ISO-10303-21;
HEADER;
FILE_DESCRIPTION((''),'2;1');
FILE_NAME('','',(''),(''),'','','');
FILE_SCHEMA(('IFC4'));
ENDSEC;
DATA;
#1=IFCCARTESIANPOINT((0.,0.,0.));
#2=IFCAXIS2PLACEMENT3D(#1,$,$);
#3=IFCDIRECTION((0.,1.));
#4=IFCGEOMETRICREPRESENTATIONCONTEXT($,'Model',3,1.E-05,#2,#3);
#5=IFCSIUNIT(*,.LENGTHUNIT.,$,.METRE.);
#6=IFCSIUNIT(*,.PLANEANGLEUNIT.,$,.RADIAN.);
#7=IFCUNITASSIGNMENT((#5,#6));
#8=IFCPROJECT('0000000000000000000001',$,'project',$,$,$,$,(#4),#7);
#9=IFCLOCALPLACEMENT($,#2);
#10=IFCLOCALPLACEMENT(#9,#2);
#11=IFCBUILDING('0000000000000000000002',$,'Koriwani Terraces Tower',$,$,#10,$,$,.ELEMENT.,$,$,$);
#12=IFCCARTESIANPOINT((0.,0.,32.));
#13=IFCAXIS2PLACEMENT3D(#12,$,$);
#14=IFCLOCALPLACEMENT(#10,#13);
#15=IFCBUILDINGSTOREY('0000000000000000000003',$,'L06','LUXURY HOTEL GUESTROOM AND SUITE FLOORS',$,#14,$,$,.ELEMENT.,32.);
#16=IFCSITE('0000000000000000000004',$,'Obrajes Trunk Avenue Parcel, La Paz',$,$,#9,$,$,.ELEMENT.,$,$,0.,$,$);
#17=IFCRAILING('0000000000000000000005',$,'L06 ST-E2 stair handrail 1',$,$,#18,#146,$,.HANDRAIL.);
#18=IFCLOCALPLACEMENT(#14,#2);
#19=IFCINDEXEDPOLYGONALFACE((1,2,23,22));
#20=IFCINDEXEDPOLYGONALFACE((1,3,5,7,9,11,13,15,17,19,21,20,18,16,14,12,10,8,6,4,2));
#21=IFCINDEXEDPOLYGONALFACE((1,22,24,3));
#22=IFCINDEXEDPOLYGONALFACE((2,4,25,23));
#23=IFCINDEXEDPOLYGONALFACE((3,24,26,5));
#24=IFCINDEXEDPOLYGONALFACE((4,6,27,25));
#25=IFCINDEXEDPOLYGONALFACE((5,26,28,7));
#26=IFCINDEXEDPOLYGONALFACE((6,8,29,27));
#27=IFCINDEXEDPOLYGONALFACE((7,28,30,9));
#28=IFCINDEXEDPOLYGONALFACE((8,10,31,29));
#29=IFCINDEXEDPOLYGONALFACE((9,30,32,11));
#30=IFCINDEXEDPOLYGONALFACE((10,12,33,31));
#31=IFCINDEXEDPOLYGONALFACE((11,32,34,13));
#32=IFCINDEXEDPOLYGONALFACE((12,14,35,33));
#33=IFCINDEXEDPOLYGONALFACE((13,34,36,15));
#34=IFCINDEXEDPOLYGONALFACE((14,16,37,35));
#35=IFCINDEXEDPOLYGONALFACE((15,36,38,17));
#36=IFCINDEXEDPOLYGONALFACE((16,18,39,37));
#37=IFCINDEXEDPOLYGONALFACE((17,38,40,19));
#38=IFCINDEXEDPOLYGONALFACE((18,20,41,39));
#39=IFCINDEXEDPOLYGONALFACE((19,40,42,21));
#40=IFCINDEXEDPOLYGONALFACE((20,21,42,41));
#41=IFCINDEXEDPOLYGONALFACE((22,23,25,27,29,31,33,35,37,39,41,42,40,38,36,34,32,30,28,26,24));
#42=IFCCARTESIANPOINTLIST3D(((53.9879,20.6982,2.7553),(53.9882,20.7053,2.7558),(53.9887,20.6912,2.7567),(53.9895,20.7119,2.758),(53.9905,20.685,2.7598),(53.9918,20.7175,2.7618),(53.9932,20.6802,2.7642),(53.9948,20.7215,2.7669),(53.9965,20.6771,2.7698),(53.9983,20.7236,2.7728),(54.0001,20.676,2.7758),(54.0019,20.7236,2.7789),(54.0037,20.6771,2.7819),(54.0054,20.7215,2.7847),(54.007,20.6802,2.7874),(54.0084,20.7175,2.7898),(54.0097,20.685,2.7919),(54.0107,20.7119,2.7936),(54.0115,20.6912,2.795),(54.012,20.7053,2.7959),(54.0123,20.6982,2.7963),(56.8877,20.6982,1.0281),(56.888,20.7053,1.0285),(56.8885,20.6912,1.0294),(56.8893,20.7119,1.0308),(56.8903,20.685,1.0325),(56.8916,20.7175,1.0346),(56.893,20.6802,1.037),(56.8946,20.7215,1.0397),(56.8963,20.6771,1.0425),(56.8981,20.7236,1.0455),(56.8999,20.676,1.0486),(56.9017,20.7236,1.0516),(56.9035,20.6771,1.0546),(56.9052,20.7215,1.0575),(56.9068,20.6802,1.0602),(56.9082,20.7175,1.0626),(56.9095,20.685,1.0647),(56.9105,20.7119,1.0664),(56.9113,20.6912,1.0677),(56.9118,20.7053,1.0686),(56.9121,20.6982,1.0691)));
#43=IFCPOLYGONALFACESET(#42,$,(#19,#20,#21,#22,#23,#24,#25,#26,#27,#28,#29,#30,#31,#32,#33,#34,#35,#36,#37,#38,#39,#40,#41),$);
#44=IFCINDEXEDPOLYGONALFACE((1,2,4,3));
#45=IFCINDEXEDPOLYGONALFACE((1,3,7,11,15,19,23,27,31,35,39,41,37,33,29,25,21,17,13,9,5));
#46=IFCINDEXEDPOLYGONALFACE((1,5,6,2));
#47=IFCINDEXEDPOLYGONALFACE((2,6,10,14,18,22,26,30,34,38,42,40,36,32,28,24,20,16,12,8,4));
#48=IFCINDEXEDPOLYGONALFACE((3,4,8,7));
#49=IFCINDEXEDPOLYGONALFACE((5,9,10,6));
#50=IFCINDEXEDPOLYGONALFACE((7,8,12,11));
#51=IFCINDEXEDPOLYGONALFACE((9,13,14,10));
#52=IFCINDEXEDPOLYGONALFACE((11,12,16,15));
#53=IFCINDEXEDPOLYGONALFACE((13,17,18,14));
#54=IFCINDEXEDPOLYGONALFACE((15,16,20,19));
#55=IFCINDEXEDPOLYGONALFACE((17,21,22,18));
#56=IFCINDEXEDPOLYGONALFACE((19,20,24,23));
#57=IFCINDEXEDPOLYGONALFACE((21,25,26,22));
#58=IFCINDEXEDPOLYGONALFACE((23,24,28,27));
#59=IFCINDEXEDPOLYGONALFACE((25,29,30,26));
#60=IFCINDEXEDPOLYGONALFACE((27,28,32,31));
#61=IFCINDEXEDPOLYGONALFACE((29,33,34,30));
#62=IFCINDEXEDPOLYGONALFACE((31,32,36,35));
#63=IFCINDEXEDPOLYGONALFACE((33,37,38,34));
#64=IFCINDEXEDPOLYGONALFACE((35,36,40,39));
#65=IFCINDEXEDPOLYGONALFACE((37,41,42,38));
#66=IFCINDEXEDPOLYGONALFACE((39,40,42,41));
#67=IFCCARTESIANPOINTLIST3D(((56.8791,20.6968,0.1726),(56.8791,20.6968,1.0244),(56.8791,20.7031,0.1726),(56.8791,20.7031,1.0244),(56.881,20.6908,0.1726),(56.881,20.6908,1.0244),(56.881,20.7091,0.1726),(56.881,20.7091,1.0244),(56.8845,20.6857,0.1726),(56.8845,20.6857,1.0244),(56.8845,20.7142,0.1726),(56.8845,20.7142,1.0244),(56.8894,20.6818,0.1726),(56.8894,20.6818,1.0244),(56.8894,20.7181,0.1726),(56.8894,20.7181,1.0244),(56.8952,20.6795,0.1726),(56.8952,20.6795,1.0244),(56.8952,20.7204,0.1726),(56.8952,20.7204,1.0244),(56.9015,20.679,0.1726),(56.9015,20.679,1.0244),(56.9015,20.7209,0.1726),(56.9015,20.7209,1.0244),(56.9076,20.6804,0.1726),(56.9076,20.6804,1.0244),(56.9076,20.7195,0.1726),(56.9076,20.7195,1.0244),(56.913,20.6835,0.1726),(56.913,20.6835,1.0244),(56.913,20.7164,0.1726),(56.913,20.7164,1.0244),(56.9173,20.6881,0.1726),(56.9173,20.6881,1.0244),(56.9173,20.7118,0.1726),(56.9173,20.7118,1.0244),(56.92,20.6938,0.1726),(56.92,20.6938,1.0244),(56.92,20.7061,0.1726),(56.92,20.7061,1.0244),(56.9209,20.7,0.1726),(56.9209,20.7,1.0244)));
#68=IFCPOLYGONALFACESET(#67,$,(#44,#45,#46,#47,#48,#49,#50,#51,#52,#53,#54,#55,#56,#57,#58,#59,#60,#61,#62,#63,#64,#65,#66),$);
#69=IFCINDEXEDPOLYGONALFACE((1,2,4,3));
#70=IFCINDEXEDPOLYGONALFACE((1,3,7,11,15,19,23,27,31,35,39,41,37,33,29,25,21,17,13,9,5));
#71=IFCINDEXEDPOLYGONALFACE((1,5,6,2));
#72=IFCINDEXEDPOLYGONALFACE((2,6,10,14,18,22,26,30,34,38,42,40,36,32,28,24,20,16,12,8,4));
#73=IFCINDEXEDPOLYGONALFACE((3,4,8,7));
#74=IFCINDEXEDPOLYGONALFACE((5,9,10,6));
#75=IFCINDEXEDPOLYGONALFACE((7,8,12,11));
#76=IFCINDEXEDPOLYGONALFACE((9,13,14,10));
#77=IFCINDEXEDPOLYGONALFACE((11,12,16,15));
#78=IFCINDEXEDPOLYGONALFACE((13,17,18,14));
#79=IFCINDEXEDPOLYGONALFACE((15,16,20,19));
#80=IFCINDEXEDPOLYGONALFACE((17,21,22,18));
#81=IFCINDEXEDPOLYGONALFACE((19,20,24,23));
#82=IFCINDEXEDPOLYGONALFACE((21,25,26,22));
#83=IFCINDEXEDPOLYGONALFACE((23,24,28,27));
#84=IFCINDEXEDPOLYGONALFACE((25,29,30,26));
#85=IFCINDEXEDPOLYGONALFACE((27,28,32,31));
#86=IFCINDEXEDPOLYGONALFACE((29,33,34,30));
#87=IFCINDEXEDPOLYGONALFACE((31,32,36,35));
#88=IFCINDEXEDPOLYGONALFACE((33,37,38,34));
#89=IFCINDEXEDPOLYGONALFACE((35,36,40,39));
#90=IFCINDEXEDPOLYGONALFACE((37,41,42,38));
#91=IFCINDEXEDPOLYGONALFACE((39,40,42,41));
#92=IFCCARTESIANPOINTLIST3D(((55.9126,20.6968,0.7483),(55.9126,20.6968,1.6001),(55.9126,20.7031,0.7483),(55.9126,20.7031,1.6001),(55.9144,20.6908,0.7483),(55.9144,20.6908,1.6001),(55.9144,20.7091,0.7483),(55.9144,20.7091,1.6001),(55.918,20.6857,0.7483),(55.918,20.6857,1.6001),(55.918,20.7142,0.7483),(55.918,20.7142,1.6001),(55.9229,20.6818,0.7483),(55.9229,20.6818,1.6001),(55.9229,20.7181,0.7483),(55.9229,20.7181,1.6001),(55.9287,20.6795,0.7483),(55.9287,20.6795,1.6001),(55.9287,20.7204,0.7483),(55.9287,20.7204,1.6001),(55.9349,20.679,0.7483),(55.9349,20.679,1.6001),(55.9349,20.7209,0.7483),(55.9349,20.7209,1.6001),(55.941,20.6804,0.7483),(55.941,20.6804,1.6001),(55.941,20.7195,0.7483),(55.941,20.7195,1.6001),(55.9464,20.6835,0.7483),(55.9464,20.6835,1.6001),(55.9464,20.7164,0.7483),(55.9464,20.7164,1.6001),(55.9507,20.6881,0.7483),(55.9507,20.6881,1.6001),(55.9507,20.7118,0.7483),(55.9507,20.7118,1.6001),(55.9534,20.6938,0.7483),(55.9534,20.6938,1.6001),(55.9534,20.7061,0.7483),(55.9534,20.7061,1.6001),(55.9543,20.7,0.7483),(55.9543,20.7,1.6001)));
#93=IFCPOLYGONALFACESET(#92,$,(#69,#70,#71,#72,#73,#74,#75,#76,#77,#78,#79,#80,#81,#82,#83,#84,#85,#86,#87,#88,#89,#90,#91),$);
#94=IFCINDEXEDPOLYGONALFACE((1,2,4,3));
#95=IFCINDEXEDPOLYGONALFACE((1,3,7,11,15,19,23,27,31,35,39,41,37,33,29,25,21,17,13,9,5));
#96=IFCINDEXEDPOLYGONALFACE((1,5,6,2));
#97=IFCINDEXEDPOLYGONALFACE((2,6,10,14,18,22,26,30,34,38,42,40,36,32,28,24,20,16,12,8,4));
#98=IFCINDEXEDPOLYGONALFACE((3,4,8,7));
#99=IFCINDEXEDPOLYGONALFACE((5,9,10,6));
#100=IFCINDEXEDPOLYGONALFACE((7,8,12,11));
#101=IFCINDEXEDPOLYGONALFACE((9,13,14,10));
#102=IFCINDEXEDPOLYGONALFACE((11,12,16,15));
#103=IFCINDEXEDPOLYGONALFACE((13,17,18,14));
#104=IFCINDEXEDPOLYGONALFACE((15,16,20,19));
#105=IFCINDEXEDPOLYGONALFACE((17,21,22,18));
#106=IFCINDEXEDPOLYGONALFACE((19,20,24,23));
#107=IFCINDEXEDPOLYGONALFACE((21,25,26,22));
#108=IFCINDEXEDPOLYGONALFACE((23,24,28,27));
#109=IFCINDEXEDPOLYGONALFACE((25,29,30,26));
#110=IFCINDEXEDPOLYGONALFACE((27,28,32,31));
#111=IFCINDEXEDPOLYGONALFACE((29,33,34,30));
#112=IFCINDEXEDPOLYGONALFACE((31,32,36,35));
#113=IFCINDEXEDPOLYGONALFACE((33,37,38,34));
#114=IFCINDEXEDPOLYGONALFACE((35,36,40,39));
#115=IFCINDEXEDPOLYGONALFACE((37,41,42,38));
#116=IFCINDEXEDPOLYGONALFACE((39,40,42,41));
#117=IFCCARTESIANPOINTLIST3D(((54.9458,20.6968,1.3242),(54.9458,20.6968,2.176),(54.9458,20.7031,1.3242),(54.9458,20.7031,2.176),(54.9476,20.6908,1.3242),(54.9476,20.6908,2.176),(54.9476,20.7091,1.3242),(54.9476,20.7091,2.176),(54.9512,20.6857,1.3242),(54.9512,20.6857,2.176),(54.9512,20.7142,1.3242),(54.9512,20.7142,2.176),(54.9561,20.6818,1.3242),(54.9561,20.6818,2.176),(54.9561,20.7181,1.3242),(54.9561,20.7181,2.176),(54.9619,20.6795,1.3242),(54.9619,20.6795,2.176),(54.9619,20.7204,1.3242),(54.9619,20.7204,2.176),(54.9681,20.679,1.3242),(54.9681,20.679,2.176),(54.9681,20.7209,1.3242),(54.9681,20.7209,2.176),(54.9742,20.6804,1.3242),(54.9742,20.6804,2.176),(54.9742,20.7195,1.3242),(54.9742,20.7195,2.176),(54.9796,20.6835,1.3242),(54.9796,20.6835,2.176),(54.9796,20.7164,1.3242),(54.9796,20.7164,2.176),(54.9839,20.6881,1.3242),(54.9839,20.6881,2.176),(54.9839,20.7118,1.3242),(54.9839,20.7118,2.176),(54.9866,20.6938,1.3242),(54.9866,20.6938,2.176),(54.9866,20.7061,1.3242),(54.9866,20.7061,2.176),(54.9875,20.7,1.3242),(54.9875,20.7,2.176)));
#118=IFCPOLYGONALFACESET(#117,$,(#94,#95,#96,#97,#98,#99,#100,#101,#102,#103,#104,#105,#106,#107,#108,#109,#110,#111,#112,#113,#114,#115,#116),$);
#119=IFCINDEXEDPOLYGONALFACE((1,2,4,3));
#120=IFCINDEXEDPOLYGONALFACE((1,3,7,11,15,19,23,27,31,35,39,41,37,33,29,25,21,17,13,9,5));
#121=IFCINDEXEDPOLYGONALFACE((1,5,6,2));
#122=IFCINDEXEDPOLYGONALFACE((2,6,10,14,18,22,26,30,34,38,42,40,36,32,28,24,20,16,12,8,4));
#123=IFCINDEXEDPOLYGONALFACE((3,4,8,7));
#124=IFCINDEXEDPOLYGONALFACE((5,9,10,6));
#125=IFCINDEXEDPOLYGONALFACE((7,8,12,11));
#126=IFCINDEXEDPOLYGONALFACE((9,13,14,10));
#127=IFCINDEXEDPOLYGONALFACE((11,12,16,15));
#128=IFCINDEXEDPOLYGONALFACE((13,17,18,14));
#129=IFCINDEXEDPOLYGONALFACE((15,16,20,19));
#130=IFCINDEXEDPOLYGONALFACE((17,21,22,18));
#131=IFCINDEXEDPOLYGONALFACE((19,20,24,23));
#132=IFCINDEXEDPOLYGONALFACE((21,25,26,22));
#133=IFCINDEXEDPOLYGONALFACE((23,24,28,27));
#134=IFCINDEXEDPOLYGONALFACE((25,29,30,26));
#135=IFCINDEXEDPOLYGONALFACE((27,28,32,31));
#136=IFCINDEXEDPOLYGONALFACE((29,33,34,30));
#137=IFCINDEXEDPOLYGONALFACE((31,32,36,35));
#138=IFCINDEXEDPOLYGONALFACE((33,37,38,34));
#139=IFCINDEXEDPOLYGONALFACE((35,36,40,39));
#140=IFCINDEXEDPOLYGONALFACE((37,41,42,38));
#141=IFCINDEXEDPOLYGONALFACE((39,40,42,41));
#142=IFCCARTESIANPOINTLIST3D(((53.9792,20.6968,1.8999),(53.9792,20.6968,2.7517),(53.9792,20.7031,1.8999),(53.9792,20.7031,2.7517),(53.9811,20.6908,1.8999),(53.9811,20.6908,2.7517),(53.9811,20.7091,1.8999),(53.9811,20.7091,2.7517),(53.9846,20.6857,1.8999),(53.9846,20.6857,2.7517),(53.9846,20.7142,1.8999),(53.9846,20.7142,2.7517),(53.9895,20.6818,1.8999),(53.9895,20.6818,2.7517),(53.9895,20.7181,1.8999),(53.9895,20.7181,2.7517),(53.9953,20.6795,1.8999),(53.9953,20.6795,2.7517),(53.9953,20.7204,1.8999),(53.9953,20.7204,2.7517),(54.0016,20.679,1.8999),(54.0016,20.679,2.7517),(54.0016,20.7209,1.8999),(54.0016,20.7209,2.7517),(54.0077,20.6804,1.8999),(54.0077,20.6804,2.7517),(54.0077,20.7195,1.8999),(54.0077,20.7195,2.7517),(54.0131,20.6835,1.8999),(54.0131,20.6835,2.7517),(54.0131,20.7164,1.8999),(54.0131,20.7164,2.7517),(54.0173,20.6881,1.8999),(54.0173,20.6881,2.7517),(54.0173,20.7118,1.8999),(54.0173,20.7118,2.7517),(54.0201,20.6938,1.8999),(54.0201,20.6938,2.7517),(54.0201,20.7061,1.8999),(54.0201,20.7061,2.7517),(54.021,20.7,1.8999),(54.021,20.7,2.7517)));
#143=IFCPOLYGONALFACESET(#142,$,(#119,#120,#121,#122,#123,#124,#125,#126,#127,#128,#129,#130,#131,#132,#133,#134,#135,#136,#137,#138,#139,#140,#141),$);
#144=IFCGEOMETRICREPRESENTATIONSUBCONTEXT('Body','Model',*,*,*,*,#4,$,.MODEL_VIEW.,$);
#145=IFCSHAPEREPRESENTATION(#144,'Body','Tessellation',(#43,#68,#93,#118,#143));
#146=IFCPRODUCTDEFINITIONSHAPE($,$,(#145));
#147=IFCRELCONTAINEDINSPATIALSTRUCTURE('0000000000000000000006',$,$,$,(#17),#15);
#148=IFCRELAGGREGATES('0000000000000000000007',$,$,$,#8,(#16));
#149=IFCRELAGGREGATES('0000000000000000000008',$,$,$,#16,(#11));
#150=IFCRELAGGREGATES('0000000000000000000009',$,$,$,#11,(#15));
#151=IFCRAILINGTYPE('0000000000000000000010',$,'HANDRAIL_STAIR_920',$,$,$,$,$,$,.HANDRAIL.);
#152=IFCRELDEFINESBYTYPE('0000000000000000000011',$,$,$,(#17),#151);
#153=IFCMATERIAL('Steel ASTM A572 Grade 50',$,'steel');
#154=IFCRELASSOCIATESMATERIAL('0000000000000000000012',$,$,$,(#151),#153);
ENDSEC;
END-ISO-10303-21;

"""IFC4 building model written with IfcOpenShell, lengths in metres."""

from ifc_helpers import new_model, si_unit, direction, frame, origin, origin_2d, place, context, subcontext, project, spatial, circle, extrude, material, type_object, element, save


model = new_model("IFC4")

# Units and contexts
model_context = context("Model", 3, precision=1e-05, world=origin(), true_north=direction((0.0, 1.0)))
body_context = subcontext(model_context, "Body", "Model", "MODEL_VIEW")
ifc_project = project(units=[si_unit("LENGTHUNIT", "METRE"), si_unit("PLANEANGLEUNIT", "RADIAN")], contexts=[model_context])

# Site, building, storey
site_placement = place(None, origin())
site = spatial("IfcSite", under=ifc_project, at=site_placement, Name="Obrajes Trunk Avenue Parcel, La Paz", CompositionType="ELEMENT", RefElevation=0.0)
building_placement = place(site_placement, origin())
building = spatial("IfcBuilding", under=site, at=building_placement, Name="Koriwani Terraces Tower", CompositionType="ELEMENT")
storey_placement = place(building_placement, frame((0.0, 0.0, 32.0)))
storey = spatial("IfcBuildingStorey", under=building, at=storey_placement, Name="L06", Description="LUXURY HOTEL GUESTROOM AND SUITE FLOORS", CompositionType="ELEMENT", Elevation=32.0)

# Shared definitions
ifc_material_1 = material(Name="Steel ASTM A572 Grade 50", Category="steel")

# Railing
railing_type_1 = type_object("IfcRailingType", Name="HANDRAIL_STAIR_920", PredefinedType="HANDRAIL", material=ifc_material_1)
railing_1_placement = place(storey_placement, frame((56.8999, 20.7, 0.1726)))
element("IfcRailing", 1, at=railing_1_placement, inside=storey, type_object=railing_type_1, Name="L06 ST-E2 stair handrail 1", PredefinedType="HANDRAIL", context=body_context, shape_type="SweptSolid", body=[
    extrude(circle(Radius=0.0239, at=origin_2d()), frame((0.0, 0.0, 0.876), z_axis=(-0.859141, 0.0, 0.511738), x_axis=(0.0, -1.0, 0.0)), (0.0, 0.0, 1.0), 3.3752),
    extrude(circle(Radius=0.021, at=origin_2d()), origin(), (0.0, 0.0, 1.0), 0.8518),
    extrude(circle(Radius=0.021, at=origin_2d()), frame((-0.9666, 0.0, 0.5757)), (0.0, 0.0, 1.0), 0.8518),
    extrude(circle(Radius=0.021, at=origin_2d()), frame((-1.9333, 0.0, 1.1516)), (0.0, 0.0, 1.0), 0.8518),
    extrude(circle(Radius=0.021, at=origin_2d()), frame((-2.8999, 0.0, 1.7273)), (0.0, 0.0, 1.0), 0.8518),
])

save(model, "model.ifc")
